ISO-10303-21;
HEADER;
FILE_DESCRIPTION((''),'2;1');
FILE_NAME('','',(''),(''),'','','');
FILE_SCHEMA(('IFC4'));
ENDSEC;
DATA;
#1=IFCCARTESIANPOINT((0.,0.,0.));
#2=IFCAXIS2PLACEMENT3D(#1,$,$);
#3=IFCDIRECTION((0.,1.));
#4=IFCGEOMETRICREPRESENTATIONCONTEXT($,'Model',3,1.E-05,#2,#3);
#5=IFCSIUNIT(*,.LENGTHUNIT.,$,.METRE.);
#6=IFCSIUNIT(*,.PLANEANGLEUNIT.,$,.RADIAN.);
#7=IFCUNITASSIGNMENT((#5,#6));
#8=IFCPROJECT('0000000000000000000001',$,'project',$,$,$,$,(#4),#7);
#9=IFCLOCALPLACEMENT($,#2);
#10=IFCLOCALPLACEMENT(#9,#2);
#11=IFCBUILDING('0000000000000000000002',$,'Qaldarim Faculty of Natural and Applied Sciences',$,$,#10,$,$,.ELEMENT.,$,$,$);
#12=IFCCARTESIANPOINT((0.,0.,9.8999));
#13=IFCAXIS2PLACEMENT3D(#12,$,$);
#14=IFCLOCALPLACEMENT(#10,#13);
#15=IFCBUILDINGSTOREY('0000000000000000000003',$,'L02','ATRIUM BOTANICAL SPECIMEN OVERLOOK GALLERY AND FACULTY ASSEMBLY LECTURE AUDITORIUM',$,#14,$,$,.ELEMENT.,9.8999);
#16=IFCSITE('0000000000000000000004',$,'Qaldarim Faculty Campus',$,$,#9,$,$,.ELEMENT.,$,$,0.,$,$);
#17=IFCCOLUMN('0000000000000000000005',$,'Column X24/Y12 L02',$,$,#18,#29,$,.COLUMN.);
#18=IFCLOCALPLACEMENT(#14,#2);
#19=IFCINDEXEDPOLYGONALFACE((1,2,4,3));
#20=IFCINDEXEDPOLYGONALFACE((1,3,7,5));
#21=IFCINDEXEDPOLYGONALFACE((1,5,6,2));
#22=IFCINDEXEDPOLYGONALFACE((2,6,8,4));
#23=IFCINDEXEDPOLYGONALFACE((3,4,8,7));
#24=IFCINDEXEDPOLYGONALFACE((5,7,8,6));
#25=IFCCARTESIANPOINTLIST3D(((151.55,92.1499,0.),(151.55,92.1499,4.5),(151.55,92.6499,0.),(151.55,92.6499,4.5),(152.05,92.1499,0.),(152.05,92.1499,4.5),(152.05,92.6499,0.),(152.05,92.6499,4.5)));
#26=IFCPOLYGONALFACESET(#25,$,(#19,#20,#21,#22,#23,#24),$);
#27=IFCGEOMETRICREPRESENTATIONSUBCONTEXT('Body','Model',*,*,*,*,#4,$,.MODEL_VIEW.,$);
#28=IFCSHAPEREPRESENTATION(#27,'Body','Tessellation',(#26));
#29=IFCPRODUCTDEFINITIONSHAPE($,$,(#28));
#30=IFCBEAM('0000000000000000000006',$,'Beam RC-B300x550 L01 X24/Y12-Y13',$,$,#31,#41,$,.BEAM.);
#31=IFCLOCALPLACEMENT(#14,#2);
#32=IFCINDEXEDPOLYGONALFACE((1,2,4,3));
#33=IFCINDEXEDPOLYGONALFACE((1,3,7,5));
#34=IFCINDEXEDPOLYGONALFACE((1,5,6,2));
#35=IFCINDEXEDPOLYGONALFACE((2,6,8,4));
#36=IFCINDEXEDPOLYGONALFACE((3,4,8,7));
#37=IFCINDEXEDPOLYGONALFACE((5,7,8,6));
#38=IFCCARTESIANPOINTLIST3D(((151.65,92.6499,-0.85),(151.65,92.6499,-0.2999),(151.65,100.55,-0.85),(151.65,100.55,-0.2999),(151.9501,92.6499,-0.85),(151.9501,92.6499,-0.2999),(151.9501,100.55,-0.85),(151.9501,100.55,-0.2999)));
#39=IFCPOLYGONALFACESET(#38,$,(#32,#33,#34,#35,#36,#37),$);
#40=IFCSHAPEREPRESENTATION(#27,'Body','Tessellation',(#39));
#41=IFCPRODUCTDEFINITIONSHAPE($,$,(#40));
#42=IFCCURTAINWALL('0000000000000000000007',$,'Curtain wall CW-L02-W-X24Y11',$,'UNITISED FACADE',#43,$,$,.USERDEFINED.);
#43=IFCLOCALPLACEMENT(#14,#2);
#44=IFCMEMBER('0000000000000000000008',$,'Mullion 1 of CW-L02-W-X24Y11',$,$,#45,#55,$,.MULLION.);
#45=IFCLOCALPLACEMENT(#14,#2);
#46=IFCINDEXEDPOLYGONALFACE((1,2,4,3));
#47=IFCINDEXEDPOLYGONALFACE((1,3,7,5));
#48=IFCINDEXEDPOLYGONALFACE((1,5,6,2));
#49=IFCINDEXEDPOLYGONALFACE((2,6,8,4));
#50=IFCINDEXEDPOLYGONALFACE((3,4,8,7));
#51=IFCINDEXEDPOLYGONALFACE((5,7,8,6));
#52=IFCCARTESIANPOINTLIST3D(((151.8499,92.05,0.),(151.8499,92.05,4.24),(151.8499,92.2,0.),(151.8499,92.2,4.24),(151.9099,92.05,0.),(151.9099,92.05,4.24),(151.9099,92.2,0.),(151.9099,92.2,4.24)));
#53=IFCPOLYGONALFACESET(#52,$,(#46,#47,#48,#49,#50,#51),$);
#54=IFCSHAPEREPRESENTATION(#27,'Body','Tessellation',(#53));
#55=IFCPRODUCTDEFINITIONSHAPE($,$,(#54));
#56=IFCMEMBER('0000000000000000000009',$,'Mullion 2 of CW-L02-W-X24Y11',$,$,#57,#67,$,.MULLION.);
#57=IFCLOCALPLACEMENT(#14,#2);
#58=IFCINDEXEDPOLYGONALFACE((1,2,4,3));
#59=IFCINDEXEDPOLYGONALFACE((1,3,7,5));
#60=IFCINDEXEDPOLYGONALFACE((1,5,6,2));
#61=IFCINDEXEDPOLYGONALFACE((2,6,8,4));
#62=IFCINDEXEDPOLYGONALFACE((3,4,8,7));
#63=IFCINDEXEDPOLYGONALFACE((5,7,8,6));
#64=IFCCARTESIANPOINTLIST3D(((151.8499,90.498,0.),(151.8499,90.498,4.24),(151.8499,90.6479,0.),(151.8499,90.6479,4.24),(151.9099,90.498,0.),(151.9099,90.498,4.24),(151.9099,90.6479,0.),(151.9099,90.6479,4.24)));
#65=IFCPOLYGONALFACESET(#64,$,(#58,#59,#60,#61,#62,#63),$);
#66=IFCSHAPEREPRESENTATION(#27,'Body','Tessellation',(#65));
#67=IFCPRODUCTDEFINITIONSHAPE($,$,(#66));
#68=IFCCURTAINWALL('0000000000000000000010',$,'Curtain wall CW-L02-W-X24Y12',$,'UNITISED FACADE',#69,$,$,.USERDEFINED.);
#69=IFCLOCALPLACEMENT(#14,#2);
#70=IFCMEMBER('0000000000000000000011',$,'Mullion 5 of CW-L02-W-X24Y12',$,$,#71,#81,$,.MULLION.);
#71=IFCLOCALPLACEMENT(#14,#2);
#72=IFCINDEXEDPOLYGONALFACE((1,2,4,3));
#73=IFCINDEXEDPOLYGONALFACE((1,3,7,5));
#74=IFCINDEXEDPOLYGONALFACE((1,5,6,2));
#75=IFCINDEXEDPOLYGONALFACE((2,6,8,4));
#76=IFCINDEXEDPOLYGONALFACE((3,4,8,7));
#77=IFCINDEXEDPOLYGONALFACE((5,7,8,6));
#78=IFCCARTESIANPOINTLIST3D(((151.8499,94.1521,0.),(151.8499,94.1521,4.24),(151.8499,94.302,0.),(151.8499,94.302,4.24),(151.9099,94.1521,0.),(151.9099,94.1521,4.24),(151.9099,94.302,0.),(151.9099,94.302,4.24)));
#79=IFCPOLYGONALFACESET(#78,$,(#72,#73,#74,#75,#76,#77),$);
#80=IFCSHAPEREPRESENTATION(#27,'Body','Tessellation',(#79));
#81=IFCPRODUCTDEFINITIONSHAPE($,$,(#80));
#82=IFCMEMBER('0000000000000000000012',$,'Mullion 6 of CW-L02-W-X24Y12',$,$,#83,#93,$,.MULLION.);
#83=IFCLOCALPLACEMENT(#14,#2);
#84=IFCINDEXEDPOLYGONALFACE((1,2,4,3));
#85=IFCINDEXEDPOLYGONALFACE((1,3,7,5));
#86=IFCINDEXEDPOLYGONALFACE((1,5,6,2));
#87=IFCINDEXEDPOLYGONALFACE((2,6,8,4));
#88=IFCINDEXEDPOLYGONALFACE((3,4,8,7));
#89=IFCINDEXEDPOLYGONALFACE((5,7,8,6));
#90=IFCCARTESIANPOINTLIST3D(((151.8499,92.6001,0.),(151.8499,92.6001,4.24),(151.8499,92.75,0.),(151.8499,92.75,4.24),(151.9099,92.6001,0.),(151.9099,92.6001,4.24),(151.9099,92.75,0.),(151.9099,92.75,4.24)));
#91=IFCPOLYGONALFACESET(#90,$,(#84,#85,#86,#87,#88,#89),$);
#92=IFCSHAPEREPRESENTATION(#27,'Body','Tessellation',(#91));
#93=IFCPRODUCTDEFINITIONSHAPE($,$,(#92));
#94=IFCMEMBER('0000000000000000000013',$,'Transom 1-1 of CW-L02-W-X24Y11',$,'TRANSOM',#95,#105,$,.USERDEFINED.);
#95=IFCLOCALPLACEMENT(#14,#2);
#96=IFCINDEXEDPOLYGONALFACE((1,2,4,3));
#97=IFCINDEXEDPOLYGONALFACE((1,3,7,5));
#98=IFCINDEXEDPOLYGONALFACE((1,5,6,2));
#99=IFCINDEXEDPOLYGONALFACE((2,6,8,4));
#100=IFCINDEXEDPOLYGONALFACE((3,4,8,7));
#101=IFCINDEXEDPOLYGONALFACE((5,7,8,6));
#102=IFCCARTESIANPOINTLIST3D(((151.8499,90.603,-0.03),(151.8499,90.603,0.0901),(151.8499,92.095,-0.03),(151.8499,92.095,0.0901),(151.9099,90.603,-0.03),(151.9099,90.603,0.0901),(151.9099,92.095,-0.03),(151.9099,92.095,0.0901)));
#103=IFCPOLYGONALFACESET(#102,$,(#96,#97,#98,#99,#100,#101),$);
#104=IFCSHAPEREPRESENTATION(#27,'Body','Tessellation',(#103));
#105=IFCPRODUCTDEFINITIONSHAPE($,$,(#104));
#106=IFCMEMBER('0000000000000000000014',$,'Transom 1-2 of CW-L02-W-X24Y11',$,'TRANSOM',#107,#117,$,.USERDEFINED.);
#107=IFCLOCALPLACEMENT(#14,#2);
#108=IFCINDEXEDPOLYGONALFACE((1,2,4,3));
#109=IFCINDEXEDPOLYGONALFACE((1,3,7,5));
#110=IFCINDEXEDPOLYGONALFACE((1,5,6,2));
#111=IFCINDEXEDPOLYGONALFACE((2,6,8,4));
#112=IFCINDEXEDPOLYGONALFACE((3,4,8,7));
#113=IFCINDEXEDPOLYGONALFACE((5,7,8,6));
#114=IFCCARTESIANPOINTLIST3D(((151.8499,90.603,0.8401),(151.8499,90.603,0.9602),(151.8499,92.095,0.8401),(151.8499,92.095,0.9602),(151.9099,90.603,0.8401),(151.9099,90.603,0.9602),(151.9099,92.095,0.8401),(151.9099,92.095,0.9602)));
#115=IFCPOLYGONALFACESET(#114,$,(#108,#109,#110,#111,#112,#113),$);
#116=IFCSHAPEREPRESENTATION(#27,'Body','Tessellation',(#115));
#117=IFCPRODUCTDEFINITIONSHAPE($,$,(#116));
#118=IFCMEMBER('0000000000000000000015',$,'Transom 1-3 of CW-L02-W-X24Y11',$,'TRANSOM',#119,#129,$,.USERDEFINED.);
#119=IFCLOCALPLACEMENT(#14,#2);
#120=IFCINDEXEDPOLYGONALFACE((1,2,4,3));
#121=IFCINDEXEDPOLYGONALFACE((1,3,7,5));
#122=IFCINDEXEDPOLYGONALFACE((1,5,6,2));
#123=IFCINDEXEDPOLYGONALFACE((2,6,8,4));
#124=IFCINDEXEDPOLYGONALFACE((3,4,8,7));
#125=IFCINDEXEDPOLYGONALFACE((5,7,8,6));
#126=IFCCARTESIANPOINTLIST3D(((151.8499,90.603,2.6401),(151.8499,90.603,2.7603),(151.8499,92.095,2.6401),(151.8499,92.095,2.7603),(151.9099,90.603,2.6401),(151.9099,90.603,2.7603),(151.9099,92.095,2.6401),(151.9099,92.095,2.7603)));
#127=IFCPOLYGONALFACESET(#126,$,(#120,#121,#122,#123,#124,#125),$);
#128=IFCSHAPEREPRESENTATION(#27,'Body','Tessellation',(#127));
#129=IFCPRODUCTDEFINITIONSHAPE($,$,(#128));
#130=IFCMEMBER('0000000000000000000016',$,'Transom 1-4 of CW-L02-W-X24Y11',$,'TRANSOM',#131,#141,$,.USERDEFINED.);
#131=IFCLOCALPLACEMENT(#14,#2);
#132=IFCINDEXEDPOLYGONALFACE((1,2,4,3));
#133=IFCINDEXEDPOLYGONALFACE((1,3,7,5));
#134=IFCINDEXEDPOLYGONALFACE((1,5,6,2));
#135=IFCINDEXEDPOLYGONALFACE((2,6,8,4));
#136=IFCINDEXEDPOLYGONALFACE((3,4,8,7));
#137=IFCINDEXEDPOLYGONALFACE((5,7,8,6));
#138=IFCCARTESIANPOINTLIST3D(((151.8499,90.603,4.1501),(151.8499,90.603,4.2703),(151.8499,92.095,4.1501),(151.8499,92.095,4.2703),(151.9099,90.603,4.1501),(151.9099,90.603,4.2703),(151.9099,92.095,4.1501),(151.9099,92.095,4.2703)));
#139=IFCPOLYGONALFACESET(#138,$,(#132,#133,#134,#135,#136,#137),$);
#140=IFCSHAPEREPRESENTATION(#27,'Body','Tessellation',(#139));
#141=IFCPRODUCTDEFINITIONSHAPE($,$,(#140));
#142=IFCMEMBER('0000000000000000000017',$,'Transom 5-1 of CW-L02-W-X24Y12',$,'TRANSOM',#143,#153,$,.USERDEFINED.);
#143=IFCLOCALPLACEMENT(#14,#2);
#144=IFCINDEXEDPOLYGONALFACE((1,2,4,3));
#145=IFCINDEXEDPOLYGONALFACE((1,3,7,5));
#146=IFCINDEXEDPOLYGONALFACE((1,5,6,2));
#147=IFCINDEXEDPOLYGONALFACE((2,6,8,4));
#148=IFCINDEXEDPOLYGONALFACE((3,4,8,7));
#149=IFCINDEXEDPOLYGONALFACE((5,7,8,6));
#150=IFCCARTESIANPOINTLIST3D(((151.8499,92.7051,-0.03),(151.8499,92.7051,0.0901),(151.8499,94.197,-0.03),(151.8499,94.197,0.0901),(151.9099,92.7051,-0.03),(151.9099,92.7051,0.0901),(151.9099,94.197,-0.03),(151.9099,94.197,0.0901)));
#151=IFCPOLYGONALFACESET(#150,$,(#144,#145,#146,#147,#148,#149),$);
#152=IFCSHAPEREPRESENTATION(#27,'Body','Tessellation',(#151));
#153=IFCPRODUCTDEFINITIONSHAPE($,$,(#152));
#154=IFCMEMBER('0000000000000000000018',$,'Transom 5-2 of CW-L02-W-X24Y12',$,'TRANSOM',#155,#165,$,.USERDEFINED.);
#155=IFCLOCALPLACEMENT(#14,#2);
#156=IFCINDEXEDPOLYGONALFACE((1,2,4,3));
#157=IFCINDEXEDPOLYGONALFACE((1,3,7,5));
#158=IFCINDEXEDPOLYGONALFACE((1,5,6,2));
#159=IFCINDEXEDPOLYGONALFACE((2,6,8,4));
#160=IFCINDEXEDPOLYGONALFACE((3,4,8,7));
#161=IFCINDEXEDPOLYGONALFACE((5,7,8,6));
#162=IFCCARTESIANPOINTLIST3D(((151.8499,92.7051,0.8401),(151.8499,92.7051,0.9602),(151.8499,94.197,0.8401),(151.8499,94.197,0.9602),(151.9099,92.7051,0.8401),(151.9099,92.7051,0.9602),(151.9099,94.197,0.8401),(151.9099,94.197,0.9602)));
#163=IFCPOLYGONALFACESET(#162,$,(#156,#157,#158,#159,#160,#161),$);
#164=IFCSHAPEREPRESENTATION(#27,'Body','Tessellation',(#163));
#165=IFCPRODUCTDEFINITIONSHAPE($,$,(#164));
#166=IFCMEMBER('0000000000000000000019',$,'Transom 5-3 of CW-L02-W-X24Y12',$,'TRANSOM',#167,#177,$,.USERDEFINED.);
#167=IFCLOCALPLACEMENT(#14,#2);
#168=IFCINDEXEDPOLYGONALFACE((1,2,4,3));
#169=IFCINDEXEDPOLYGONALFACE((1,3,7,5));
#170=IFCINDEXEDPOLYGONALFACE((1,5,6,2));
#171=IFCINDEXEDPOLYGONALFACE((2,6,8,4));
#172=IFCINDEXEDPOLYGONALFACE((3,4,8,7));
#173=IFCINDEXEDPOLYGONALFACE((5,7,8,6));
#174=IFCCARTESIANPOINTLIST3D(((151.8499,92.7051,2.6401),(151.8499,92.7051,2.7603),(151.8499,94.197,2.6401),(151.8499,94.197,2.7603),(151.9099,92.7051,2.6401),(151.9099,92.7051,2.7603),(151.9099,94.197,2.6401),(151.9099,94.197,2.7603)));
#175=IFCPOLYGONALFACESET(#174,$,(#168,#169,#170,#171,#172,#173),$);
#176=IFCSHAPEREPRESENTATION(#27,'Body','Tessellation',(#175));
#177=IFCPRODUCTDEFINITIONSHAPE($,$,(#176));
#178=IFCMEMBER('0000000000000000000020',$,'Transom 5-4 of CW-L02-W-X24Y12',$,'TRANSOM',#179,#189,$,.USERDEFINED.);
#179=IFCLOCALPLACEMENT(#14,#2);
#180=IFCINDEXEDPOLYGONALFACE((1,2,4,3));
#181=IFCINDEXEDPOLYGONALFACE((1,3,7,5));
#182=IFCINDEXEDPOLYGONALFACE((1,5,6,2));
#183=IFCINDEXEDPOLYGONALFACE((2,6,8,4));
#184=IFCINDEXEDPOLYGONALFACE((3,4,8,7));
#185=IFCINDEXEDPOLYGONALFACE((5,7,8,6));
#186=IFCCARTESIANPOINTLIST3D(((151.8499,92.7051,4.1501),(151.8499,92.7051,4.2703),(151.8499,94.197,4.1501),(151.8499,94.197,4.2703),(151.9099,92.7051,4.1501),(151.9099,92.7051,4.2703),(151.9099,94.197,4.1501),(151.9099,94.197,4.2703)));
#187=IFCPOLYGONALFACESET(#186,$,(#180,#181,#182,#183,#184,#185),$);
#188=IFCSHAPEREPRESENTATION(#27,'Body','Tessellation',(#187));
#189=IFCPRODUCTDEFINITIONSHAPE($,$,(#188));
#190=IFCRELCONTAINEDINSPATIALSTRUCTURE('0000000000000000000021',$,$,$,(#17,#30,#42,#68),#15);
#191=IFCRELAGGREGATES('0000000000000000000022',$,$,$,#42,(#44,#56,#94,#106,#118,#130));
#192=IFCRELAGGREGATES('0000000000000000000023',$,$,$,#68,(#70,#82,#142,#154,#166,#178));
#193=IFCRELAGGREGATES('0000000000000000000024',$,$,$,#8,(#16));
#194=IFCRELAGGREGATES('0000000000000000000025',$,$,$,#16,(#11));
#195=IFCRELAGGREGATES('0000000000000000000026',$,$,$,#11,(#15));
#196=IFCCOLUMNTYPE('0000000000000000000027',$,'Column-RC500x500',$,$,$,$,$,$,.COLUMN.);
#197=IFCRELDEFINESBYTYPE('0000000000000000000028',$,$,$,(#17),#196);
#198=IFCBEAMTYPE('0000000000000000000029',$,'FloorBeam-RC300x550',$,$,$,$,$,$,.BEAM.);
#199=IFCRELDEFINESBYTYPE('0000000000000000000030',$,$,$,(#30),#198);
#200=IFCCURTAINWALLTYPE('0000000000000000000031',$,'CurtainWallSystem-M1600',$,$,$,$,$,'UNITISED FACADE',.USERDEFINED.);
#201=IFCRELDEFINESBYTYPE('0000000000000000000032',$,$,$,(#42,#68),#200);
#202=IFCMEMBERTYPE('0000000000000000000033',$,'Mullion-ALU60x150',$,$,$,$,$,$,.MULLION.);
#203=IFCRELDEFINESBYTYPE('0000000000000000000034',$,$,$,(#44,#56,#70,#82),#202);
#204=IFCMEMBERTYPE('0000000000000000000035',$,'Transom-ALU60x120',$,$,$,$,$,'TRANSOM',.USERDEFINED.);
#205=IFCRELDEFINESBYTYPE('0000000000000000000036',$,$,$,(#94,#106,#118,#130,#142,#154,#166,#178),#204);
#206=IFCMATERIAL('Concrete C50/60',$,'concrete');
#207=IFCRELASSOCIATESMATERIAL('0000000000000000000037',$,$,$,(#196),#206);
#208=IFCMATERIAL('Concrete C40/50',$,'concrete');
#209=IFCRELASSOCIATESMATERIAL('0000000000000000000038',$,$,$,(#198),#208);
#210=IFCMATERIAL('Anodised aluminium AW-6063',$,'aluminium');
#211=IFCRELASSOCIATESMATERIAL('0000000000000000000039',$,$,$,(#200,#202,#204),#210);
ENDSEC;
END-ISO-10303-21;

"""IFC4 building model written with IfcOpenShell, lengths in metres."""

from ifc_helpers import new_model, si_unit, direction, frame, origin, origin_2d, place, context, subcontext, project, spatial, rectangle, extrude, material, material_profile, profile_set, type_object, element, aggregate, save


model = new_model("IFC4")

# Units and contexts
model_context = context("Model", 3, precision=1e-05, world=origin(), true_north=direction((0.0, 1.0)))
body_context = subcontext(model_context, "Body", "Model", "MODEL_VIEW")
ifc_project = project(units=[si_unit("LENGTHUNIT", "METRE"), si_unit("PLANEANGLEUNIT", "RADIAN")], contexts=[model_context])

# Site, building, storey
site_placement = place(None, origin())
site = spatial("IfcSite", under=ifc_project, at=site_placement, Name="Qaldarim Faculty Campus", CompositionType="ELEMENT", RefElevation=0.0)
building_placement = place(site_placement, origin())
building = spatial("IfcBuilding", under=site, at=building_placement, Name="Qaldarim Faculty of Natural and Applied Sciences", CompositionType="ELEMENT")
storey_placement = place(building_placement, frame((0.0, 0.0, 9.8999)))
storey = spatial("IfcBuildingStorey", under=building, at=storey_placement, Name="L02", Description="ATRIUM BOTANICAL SPECIMEN OVERLOOK GALLERY AND FACULTY ASSEMBLY LECTURE AUDITORIUM", CompositionType="ELEMENT", Elevation=9.8999)

# Column
ifc_material_1 = material(Name="Concrete C50/60", Category="concrete")
ifc_material_profile_1 = material_profile(ifc_material_1, rectangle(XDim=0.5, YDim=0.5, at=origin_2d()), Name="RC-C500x500")
ifc_profile_set_1 = profile_set([ifc_material_profile_1], Name="Concrete C50/60")
column_type = type_object("IfcColumnType", Name="Column-RC500x500", PredefinedType="COLUMN", material=ifc_profile_set_1)
column_placement = place(storey_placement, frame((151.8, 92.3999, 0.0), z_axis=(0.0, 0.0, 1.0), x_axis=(1.0, 0.0, 0.0)))
element("IfcColumn", 1, at=column_placement, inside=storey, type_object=column_type, Name="Column X24/Y12 L02", PredefinedType="COLUMN", context=body_context, shape_type="SweptSolid", body=[
    extrude(rectangle(XDim=0.5, YDim=0.5, at=origin_2d()), origin(), (0.0, 0.0, 1.0), 4.5),
])

# Beam
ifc_material_2 = material(Name="Concrete C40/50", Category="concrete")
ifc_material_profile_2 = material_profile(ifc_material_2, rectangle(XDim=0.3, YDim=0.55, at=origin_2d()), Name="RC-B300x550")
ifc_profile_set_2 = profile_set([ifc_material_profile_2], Name="Concrete C40/50")
beam_type = type_object("IfcBeamType", Name="FloorBeam-RC300x550", PredefinedType="BEAM", material=ifc_profile_set_2)
beam_placement = place(storey_placement, frame((151.8, 92.6499, -0.575), z_axis=(0.0, 1.0, 0.0), x_axis=(-1.0, 0.0, 0.0)))
element("IfcBeam", 2, at=beam_placement, inside=storey, type_object=beam_type, Name="Beam RC-B300x550 L01 X24/Y12-Y13", PredefinedType="BEAM", context=body_context, shape_type="SweptSolid", body=[
    extrude(rectangle(XDim=0.3, YDim=0.55, at=origin_2d()), origin(), (0.0, 0.0, 1.0), 7.9001),
])

# Curtain walls, members
ifc_material_3 = material(Name="Anodised aluminium AW-6063", Category="aluminium")
curtain_wall_type = type_object("IfcCurtainWallType", Name="CurtainWallSystem-M1600", ElementType="UNITISED FACADE", PredefinedType="USERDEFINED", material=ifc_material_3)
curtain_wall_1_placement = place(storey_placement, origin())
curtain_wall_1 = element("IfcCurtainWall", 3, at=curtain_wall_1_placement, inside=storey, type_object=curtain_wall_type, Name="Curtain wall CW-L02-W-X24Y11", ObjectType="UNITISED FACADE", PredefinedType="USERDEFINED")
ifc_material_profile_3 = material_profile(ifc_material_3, rectangle(XDim=0.0601, YDim=0.1499, at=origin_2d()), Name="ALU-M60x150")
ifc_profile_set_3 = profile_set([ifc_material_profile_3], Name="Anodised aluminium AW-6063")
member_type_1 = type_object("IfcMemberType", Name="Mullion-ALU60x150", PredefinedType="MULLION", material=ifc_profile_set_3)
member_1_placement = place(storey_placement, frame((151.8799, 92.125, 0.0), z_axis=(0.0, 0.0, 1.0), x_axis=(1.0, 0.0, 0.0)))
member_1 = element("IfcMember", 4, at=member_1_placement, type_object=member_type_1, Name="Mullion 1 of CW-L02-W-X24Y11", PredefinedType="MULLION", context=body_context, shape_type="SweptSolid", body=[
    extrude(rectangle(XDim=0.0601, YDim=0.1499, at=origin_2d()), origin(), (0.0, 0.0, 1.0), 4.24),
])
member_2_placement = place(storey_placement, frame((151.8799, 90.573, 0.0), z_axis=(0.0, 0.0, 1.0), x_axis=(1.0, 0.0, 0.0)))
member_2 = element("IfcMember", 5, at=member_2_placement, type_object=member_type_1, Name="Mullion 2 of CW-L02-W-X24Y11", PredefinedType="MULLION", context=body_context, shape_type="SweptSolid", body=[
    extrude(rectangle(XDim=0.0601, YDim=0.1499, at=origin_2d()), origin(), (0.0, 0.0, 1.0), 4.24),
])
curtain_wall_2_placement = place(storey_placement, origin())
curtain_wall_2 = element("IfcCurtainWall", 6, at=curtain_wall_2_placement, inside=storey, type_object=curtain_wall_type, Name="Curtain wall CW-L02-W-X24Y12", ObjectType="UNITISED FACADE", PredefinedType="USERDEFINED")
member_3_placement = place(storey_placement, frame((151.8799, 94.2271, 0.0), z_axis=(0.0, 0.0, 1.0), x_axis=(1.0, 0.0, 0.0)))
member_3 = element("IfcMember", 7, at=member_3_placement, type_object=member_type_1, Name="Mullion 5 of CW-L02-W-X24Y12", PredefinedType="MULLION", context=body_context, shape_type="SweptSolid", body=[
    extrude(rectangle(XDim=0.0601, YDim=0.1499, at=origin_2d()), origin(), (0.0, 0.0, 1.0), 4.24),
])
member_4_placement = place(storey_placement, frame((151.8799, 92.675, 0.0), z_axis=(0.0, 0.0, 1.0), x_axis=(1.0, 0.0, 0.0)))
member_4 = element("IfcMember", 8, at=member_4_placement, type_object=member_type_1, Name="Mullion 6 of CW-L02-W-X24Y12", PredefinedType="MULLION", context=body_context, shape_type="SweptSolid", body=[
    extrude(rectangle(XDim=0.0601, YDim=0.1499, at=origin_2d()), origin(), (0.0, 0.0, 1.0), 4.24),
])

# Members
ifc_material_profile_4 = material_profile(ifc_material_3, rectangle(XDim=0.0601, YDim=0.1201, at=origin_2d()), Name="ALU-T60x120")
ifc_profile_set_4 = profile_set([ifc_material_profile_4], Name="Anodised aluminium AW-6063")
member_type_2 = type_object("IfcMemberType", Name="Transom-ALU60x120", ElementType="TRANSOM", PredefinedType="USERDEFINED", material=ifc_profile_set_4)
member_5_placement = place(storey_placement, frame((151.8799, 92.095, 0.03), z_axis=(0.0, -1.0, 0.0), x_axis=(1.0, 0.0, 0.0)))
member_5 = element("IfcMember", 9, at=member_5_placement, type_object=member_type_2, Name="Transom 1-1 of CW-L02-W-X24Y11", ObjectType="TRANSOM", PredefinedType="USERDEFINED", context=body_context, shape_type="SweptSolid", body=[
    extrude(rectangle(XDim=0.0601, YDim=0.1201, at=origin_2d()), origin(), (0.0, 0.0, 1.0), 1.4919),
])
member_6_placement = place(storey_placement, frame((151.8799, 92.095, 0.9001), z_axis=(0.0, -1.0, 0.0), x_axis=(1.0, 0.0, 0.0)))
member_6 = element("IfcMember", 10, at=member_6_placement, type_object=member_type_2, Name="Transom 1-2 of CW-L02-W-X24Y11", ObjectType="TRANSOM", PredefinedType="USERDEFINED", context=body_context, shape_type="SweptSolid", body=[
    extrude(rectangle(XDim=0.0601, YDim=0.1201, at=origin_2d()), origin(), (0.0, 0.0, 1.0), 1.4919),
])
member_7_placement = place(storey_placement, frame((151.8799, 92.095, 2.7002), z_axis=(0.0, -1.0, 0.0), x_axis=(1.0, 0.0, 0.0)))
member_7 = element("IfcMember", 11, at=member_7_placement, type_object=member_type_2, Name="Transom 1-3 of CW-L02-W-X24Y11", ObjectType="TRANSOM", PredefinedType="USERDEFINED", context=body_context, shape_type="SweptSolid", body=[
    extrude(rectangle(XDim=0.0601, YDim=0.1201, at=origin_2d()), origin(), (0.0, 0.0, 1.0), 1.4919),
])
member_8_placement = place(storey_placement, frame((151.8799, 92.095, 4.2102), z_axis=(0.0, -1.0, 0.0), x_axis=(1.0, 0.0, 0.0)))
member_8 = element("IfcMember", 12, at=member_8_placement, type_object=member_type_2, Name="Transom 1-4 of CW-L02-W-X24Y11", ObjectType="TRANSOM", PredefinedType="USERDEFINED", context=body_context, shape_type="SweptSolid", body=[
    extrude(rectangle(XDim=0.0601, YDim=0.1201, at=origin_2d()), origin(), (0.0, 0.0, 1.0), 1.4919),
])
member_9_placement = place(storey_placement, frame((151.8799, 94.197, 0.03), z_axis=(0.0, -1.0, 0.0), x_axis=(1.0, 0.0, 0.0)))
member_9 = element("IfcMember", 13, at=member_9_placement, type_object=member_type_2, Name="Transom 5-1 of CW-L02-W-X24Y12", ObjectType="TRANSOM", PredefinedType="USERDEFINED", context=body_context, shape_type="SweptSolid", body=[
    extrude(rectangle(XDim=0.0601, YDim=0.1201, at=origin_2d()), origin(), (0.0, 0.0, 1.0), 1.4919),
])
member_10_placement = place(storey_placement, frame((151.8799, 94.197, 0.9001), z_axis=(0.0, -1.0, 0.0), x_axis=(1.0, 0.0, 0.0)))
member_10 = element("IfcMember", 14, at=member_10_placement, type_object=member_type_2, Name="Transom 5-2 of CW-L02-W-X24Y12", ObjectType="TRANSOM", PredefinedType="USERDEFINED", context=body_context, shape_type="SweptSolid", body=[
    extrude(rectangle(XDim=0.0601, YDim=0.1201, at=origin_2d()), origin(), (0.0, 0.0, 1.0), 1.4919),
])
member_11_placement = place(storey_placement, frame((151.8799, 94.197, 2.7002), z_axis=(0.0, -1.0, 0.0), x_axis=(1.0, 0.0, 0.0)))
member_11 = element("IfcMember", 15, at=member_11_placement, type_object=member_type_2, Name="Transom 5-3 of CW-L02-W-X24Y12", ObjectType="TRANSOM", PredefinedType="USERDEFINED", context=body_context, shape_type="SweptSolid", body=[
    extrude(rectangle(XDim=0.0601, YDim=0.1201, at=origin_2d()), origin(), (0.0, 0.0, 1.0), 1.4919),
])
member_12_placement = place(storey_placement, frame((151.8799, 94.197, 4.2102), z_axis=(0.0, -1.0, 0.0), x_axis=(1.0, 0.0, 0.0)))
member_12 = element("IfcMember", 16, at=member_12_placement, type_object=member_type_2, Name="Transom 5-4 of CW-L02-W-X24Y12", ObjectType="TRANSOM", PredefinedType="USERDEFINED", context=body_context, shape_type="SweptSolid", body=[
    extrude(rectangle(XDim=0.0601, YDim=0.1201, at=origin_2d()), origin(), (0.0, 0.0, 1.0), 1.4919),
])

aggregate(curtain_wall_1, [member_1, member_2, member_5, member_6, member_7, member_8])
aggregate(curtain_wall_2, [member_3, member_4, member_9, member_10, member_11, member_12])

save(model, "model.ifc")
